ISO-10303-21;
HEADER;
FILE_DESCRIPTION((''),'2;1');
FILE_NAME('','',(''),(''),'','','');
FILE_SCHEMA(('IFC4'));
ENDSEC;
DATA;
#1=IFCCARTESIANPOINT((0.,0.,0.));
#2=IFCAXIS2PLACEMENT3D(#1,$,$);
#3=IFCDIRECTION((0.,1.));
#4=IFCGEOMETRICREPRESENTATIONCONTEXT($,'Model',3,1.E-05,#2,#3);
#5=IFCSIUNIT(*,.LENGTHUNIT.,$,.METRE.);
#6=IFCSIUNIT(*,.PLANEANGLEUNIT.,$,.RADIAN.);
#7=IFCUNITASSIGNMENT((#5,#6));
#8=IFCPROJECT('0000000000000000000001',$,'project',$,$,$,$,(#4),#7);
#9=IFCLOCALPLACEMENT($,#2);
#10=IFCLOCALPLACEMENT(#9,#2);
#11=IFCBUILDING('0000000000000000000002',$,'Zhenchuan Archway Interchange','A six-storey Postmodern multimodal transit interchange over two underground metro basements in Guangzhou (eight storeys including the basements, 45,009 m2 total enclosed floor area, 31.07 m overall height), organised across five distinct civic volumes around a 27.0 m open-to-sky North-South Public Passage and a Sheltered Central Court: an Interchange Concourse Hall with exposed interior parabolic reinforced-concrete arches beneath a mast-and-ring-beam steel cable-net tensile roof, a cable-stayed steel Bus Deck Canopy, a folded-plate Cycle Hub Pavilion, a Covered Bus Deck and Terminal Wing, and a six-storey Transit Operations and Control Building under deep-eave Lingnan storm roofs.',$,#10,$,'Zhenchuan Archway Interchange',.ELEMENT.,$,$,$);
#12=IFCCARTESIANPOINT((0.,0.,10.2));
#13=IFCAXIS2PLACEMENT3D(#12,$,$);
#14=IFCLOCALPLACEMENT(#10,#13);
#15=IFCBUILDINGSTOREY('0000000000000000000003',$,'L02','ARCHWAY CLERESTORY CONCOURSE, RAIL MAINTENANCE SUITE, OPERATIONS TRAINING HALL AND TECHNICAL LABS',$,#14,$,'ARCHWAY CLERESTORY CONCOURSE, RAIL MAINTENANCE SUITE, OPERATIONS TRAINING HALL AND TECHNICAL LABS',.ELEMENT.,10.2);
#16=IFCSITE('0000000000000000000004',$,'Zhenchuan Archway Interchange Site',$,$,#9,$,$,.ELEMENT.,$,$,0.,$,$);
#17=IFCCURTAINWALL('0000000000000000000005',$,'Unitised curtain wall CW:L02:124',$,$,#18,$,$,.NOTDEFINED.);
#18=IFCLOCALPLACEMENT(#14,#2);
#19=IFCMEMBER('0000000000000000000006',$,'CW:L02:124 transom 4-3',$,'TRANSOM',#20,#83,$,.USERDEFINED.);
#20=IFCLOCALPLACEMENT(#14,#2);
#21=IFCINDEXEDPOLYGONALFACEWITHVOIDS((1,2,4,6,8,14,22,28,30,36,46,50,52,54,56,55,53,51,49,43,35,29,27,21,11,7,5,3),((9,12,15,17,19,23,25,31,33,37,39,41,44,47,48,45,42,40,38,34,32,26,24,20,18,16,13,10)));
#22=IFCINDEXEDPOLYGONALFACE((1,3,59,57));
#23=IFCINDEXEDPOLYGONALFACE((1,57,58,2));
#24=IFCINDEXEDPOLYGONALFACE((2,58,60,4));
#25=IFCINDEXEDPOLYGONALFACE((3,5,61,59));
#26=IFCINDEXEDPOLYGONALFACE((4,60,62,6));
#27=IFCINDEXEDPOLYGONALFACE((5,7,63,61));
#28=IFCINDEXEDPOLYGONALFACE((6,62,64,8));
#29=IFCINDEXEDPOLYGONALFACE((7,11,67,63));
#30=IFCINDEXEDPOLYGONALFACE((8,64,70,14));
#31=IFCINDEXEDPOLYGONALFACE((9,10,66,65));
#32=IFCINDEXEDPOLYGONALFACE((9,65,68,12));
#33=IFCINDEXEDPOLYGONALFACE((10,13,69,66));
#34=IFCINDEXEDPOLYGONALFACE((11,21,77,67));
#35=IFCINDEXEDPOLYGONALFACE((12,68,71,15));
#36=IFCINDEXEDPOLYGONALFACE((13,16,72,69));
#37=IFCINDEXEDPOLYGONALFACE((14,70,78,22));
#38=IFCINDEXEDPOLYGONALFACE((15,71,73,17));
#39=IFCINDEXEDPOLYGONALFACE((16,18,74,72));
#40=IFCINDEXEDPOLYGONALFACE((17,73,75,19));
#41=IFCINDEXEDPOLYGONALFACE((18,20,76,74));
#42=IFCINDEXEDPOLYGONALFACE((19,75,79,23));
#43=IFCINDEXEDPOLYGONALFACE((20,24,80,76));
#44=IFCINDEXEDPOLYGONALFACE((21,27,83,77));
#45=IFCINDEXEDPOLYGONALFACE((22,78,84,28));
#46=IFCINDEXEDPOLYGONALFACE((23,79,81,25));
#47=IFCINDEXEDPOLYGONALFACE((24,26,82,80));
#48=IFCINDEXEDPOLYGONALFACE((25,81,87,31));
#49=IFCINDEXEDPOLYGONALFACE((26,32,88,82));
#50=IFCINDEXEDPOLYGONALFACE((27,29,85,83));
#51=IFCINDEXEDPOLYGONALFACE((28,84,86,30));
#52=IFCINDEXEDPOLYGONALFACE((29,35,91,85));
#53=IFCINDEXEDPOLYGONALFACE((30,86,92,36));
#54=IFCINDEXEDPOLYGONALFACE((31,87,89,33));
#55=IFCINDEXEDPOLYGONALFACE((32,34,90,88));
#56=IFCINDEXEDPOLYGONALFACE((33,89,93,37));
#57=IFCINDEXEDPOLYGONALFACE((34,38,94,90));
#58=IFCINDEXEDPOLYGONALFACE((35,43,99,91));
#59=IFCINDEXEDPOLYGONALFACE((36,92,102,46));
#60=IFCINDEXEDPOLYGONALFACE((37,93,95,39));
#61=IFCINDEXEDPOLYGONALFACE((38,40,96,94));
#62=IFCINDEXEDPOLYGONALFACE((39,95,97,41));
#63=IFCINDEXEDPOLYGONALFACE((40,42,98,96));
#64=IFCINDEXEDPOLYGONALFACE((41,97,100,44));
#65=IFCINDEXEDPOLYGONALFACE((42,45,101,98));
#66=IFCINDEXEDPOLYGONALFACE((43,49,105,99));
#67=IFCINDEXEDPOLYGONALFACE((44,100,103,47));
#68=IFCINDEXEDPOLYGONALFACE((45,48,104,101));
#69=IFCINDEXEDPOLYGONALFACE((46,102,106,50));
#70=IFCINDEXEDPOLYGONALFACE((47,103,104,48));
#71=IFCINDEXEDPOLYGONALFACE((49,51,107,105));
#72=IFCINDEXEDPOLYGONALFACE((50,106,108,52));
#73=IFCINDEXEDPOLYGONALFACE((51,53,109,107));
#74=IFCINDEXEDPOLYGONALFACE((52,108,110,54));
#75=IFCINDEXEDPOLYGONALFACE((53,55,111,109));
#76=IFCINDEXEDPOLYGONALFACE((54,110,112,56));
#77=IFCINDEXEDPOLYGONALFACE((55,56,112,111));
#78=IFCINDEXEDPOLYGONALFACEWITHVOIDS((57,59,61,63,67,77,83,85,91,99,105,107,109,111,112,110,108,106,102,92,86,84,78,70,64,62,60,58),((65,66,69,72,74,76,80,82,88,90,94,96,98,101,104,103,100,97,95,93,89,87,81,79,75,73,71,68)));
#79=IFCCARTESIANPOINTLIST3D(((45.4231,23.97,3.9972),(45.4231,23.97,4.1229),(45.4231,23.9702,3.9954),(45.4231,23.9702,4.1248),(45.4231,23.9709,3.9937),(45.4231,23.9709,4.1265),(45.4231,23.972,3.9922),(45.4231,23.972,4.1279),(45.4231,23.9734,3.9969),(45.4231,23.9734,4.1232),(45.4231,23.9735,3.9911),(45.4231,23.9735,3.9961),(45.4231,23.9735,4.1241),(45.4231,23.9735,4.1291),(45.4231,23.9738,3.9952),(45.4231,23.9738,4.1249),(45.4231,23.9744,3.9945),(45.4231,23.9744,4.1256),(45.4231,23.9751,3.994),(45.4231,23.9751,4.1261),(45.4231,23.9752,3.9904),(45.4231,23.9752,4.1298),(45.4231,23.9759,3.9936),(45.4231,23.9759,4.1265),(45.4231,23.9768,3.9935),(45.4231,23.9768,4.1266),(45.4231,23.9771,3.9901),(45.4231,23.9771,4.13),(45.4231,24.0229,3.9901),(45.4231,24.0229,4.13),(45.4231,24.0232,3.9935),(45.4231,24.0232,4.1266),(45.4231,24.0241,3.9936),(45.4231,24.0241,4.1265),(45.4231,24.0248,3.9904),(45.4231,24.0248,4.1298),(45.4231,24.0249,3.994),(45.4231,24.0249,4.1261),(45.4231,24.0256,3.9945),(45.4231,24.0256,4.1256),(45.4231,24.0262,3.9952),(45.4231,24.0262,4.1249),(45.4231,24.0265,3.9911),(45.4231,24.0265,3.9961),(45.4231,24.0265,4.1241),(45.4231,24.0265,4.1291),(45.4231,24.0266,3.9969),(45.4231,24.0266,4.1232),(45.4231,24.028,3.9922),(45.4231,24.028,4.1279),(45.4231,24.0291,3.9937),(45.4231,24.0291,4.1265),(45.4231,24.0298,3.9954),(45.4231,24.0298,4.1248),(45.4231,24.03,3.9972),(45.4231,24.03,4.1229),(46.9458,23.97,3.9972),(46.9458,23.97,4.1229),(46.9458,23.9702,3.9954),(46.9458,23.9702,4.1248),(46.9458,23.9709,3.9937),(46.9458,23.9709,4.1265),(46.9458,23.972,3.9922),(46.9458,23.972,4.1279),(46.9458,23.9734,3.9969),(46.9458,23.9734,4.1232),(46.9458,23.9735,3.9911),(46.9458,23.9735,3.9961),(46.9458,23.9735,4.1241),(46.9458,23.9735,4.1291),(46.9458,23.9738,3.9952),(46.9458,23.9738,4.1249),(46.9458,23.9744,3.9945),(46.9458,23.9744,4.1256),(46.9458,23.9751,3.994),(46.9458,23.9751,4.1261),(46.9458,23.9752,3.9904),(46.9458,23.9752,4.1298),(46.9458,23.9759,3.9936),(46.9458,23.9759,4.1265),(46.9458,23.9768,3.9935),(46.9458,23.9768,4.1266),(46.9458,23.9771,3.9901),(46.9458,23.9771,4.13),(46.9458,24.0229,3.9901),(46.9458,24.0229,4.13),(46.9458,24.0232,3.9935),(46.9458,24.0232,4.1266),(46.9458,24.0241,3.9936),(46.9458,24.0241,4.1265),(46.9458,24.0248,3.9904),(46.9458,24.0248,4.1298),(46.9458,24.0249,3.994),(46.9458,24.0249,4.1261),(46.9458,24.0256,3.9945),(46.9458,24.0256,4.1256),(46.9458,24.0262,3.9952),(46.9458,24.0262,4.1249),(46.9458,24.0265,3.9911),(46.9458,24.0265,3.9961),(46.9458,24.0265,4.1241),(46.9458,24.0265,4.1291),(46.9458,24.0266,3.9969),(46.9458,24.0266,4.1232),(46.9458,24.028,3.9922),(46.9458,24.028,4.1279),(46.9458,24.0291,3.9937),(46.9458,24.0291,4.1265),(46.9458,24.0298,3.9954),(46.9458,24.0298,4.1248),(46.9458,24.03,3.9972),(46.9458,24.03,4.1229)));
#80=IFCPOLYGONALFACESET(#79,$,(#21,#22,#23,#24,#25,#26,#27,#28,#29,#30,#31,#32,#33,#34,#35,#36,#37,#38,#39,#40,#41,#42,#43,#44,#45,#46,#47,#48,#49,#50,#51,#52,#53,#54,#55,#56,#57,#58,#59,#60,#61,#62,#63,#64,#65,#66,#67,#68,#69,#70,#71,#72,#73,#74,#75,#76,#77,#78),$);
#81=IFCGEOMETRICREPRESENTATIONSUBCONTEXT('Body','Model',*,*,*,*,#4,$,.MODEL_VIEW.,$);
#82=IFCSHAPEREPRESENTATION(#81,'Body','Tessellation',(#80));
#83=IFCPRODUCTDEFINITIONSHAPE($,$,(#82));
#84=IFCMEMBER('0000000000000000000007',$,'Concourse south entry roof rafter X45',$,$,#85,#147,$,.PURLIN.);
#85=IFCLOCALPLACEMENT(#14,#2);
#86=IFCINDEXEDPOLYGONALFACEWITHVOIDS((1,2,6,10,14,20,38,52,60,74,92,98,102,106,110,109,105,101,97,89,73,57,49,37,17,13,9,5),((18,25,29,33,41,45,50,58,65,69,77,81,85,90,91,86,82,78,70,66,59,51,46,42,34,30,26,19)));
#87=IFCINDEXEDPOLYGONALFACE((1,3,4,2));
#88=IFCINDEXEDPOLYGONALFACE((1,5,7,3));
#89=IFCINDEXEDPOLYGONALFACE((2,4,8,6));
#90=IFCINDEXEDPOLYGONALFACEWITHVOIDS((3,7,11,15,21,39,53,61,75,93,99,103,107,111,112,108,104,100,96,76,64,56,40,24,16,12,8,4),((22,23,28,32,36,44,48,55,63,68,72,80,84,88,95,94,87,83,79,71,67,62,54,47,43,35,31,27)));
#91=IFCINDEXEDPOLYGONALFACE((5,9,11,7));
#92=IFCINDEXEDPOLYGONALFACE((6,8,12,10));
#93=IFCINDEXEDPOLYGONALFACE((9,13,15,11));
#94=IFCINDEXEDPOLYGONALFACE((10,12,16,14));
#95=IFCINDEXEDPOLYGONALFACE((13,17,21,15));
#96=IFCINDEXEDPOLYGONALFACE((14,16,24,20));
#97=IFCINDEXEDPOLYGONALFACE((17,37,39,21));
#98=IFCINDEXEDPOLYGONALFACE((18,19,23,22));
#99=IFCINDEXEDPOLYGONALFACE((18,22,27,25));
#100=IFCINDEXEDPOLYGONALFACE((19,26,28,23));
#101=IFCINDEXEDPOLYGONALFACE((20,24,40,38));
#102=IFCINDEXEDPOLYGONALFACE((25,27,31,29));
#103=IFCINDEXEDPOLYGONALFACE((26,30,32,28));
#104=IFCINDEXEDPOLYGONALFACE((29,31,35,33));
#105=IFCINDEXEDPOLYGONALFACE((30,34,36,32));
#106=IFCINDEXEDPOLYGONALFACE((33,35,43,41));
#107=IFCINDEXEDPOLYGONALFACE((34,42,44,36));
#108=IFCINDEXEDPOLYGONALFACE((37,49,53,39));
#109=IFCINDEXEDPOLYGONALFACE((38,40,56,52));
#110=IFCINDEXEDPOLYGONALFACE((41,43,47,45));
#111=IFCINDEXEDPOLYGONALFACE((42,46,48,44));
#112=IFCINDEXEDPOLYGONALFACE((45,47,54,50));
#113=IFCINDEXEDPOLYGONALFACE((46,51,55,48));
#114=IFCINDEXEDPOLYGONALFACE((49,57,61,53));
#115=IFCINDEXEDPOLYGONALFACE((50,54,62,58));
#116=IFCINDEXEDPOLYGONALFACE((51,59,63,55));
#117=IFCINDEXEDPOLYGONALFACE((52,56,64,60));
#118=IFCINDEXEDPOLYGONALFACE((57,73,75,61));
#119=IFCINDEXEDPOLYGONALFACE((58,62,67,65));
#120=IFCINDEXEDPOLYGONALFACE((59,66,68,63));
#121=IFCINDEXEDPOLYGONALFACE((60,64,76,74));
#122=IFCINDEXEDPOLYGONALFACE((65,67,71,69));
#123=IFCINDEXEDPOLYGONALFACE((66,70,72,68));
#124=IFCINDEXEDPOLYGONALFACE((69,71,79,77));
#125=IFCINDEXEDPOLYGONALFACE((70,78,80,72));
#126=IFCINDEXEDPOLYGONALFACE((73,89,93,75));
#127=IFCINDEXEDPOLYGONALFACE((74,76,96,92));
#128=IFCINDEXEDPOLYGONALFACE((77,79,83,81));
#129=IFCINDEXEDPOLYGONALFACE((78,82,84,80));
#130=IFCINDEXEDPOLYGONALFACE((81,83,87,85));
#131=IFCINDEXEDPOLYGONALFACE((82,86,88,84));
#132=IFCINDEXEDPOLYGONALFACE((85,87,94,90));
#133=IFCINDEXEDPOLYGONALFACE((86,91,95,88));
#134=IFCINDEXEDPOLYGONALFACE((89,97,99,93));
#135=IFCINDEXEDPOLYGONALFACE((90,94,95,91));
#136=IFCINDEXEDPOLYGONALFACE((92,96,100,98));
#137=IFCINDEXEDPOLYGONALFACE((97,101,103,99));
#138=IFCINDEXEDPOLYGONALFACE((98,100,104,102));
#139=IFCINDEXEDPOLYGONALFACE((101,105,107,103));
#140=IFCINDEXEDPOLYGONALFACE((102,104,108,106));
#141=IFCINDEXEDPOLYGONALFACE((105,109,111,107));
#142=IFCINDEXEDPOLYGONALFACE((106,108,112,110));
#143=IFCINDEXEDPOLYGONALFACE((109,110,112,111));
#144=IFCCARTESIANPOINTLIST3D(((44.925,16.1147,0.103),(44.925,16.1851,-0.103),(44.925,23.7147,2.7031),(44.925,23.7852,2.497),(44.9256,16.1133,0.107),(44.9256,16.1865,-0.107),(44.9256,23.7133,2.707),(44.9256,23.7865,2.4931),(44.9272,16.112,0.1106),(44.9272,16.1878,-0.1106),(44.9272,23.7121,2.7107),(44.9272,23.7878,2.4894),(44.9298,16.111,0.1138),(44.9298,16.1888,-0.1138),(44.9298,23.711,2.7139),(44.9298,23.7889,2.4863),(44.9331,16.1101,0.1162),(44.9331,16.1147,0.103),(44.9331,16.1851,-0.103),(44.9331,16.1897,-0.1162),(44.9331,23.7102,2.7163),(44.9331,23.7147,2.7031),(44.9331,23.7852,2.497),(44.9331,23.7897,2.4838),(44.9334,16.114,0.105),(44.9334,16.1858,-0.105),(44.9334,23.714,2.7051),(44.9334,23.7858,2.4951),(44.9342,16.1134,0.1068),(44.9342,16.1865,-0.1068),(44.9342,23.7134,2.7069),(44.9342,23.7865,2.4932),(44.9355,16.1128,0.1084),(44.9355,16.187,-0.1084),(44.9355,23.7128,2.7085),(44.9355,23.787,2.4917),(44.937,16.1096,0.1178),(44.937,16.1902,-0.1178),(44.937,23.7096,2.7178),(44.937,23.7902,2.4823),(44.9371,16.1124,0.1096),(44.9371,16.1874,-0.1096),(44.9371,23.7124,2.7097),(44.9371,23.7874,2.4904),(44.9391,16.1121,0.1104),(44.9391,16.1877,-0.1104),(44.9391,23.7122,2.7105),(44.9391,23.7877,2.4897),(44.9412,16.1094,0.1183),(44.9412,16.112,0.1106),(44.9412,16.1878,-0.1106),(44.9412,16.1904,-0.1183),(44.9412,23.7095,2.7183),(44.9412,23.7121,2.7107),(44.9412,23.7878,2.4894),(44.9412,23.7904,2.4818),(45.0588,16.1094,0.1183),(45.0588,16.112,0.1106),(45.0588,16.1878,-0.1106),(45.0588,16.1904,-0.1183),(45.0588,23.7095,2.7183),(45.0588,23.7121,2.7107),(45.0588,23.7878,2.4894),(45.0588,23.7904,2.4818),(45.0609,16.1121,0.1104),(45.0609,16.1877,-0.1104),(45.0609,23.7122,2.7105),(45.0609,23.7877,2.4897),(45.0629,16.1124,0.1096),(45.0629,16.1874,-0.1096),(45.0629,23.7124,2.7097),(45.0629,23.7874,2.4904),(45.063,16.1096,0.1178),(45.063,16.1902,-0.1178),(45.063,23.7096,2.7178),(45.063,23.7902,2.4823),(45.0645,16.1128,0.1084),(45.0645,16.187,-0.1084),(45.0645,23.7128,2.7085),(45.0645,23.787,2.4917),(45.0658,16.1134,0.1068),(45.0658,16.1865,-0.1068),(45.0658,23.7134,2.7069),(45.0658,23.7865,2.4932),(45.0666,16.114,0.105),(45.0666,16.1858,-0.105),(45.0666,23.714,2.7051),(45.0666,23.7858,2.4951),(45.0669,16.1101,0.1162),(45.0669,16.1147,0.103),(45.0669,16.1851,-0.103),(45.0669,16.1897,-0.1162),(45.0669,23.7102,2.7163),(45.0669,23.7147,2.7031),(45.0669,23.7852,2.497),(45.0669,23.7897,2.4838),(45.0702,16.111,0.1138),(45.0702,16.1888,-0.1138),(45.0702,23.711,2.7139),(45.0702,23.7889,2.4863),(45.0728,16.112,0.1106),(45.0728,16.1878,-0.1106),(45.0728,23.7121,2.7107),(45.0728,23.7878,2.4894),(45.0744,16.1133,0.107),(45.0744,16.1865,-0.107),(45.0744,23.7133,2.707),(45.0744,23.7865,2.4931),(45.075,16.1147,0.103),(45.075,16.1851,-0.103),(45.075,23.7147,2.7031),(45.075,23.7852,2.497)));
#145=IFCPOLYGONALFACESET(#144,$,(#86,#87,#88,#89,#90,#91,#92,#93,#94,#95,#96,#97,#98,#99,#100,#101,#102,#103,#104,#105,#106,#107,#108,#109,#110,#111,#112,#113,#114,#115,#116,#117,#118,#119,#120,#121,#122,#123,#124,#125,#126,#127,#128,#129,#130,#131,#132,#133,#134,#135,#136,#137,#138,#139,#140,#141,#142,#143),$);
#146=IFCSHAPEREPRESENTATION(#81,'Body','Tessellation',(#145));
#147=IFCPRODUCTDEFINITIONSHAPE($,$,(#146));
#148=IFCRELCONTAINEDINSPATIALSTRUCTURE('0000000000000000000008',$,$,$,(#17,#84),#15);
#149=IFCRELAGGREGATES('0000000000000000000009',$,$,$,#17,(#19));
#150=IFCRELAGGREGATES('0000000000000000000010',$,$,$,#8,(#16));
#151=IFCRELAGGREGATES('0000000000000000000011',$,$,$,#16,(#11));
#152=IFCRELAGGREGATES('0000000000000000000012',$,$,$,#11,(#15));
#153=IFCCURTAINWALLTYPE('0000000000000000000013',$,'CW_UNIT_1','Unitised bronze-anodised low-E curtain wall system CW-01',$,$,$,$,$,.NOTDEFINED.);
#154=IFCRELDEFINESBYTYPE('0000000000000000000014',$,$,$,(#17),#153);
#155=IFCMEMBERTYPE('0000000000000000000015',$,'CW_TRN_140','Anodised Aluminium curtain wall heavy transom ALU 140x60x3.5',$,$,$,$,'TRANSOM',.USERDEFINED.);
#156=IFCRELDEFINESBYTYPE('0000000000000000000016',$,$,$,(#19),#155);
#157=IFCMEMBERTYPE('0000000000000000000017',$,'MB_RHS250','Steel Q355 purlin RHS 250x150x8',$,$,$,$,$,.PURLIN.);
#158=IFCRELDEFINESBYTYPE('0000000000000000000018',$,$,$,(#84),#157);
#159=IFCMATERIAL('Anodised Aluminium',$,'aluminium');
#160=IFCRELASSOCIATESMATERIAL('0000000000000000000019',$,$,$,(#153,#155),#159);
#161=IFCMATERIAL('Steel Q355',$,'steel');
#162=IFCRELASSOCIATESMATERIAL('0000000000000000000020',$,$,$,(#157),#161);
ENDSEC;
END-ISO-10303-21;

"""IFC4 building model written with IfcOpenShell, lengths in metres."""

from ifc_helpers import new_model, si_unit, direction, frame, origin, origin_2d, place, context, subcontext, project, spatial, hollow_rectangle, extrude, material, material_profile, profile_set, type_object, element, aggregate, save


model = new_model("IFC4")

# Units and contexts
model_context = context("Model", 3, precision=1e-05, world=origin(), true_north=direction((0.0, 1.0)))
body_context = subcontext(model_context, "Body", "Model", "MODEL_VIEW")
ifc_project = project(units=[si_unit("LENGTHUNIT", "METRE"), si_unit("PLANEANGLEUNIT", "RADIAN")], contexts=[model_context])

# Site, building, storey
site_placement = place(None, origin())
site = spatial("IfcSite", under=ifc_project, at=site_placement, Name="Zhenchuan Archway Interchange Site", CompositionType="ELEMENT", RefElevation=0.0)
building_placement = place(site_placement, origin())
building = spatial("IfcBuilding", under=site, at=building_placement, Name="Zhenchuan Archway Interchange", Description="A six-storey Postmodern multimodal transit interchange over two underground metro basements in Guangzhou (eight storeys including the basements, 45,009 m2 total enclosed floor area, 31.07 m overall height), organised across five distinct civic volumes around a 27.0 m open-to-sky North-South Public Passage and a Sheltered Central Court: an Interchange Concourse Hall with exposed interior parabolic reinforced-concrete arches beneath a mast-and-ring-beam steel cable-net tensile roof, a cable-stayed steel Bus Deck Canopy, a folded-plate Cycle Hub Pavilion, a Covered Bus Deck and Terminal Wing, and a six-storey Transit Operations and Control Building under deep-eave Lingnan storm roofs.", LongName="Zhenchuan Archway Interchange", CompositionType="ELEMENT")
storey_placement = place(building_placement, frame((0.0, 0.0, 10.2)))
storey = spatial("IfcBuildingStorey", under=building, at=storey_placement, Name="L02", Description="ARCHWAY CLERESTORY CONCOURSE, RAIL MAINTENANCE SUITE, OPERATIONS TRAINING HALL AND TECHNICAL LABS", LongName="ARCHWAY CLERESTORY CONCOURSE, RAIL MAINTENANCE SUITE, OPERATIONS TRAINING HALL AND TECHNICAL LABS", CompositionType="ELEMENT", Elevation=10.2)

# Curtain wall, member
ifc_material_1 = material(Name="Anodised Aluminium", Category="aluminium")
curtain_wall_type = type_object("IfcCurtainWallType", Name="CW_UNIT_1", Description="Unitised bronze-anodised low-E curtain wall system CW-01", PredefinedType="NOTDEFINED", material=ifc_material_1)
curtain_wall_placement = place(storey_placement, origin())
curtain_wall = element("IfcCurtainWall", 1, at=curtain_wall_placement, inside=storey, type_object=curtain_wall_type, Name="Unitised curtain wall CW:L02:124", PredefinedType="NOTDEFINED")
ifc_material_profile_1 = material_profile(ifc_material_1, hollow_rectangle(XDim=0.0601, YDim=0.1399, WallThickness=0.0034, InnerFilletRadius=0.0034, OuterFilletRadius=0.0071, at=origin_2d()), Name="ALU 140x60x3.5")
ifc_profile_set_1 = profile_set([ifc_material_profile_1], Name="Anodised Aluminium")
member_type_1 = type_object("IfcMemberType", Name="CW_TRN_140", Description="Anodised Aluminium curtain wall heavy transom ALU 140x60x3.5", ElementType="TRANSOM", PredefinedType="USERDEFINED", material=ifc_profile_set_1)
member_1_placement = place(storey_placement, frame((46.9458, 24.0, 4.0601), z_axis=(-1.0, 0.0, 0.0), x_axis=(0.0, -1.0, 0.0)))
member_1 = element("IfcMember", 2, at=member_1_placement, type_object=member_type_1, Name="CW:L02:124 transom 4-3", ObjectType="TRANSOM", PredefinedType="USERDEFINED", context=body_context, shape_type="SweptSolid", body=[
    extrude(hollow_rectangle(XDim=0.0601, YDim=0.1399, WallThickness=0.0034, InnerFilletRadius=0.0034, OuterFilletRadius=0.0071, at=origin_2d()), origin(), (0.0, 0.0, 1.0), 1.5227),
])

# Member
ifc_material_2 = material(Name="Steel Q355", Category="steel")
ifc_material_profile_2 = material_profile(ifc_material_2, hollow_rectangle(XDim=0.1499, YDim=0.25, WallThickness=0.0081, InnerFilletRadius=0.0081, OuterFilletRadius=0.0161, at=origin_2d()), Name="RHS 250x150x8")
ifc_profile_set_2 = profile_set([ifc_material_profile_2], Name="Steel Q355")
member_type_2 = type_object("IfcMemberType", Name="MB_RHS250", Description="Steel Q355 purlin RHS 250x150x8", PredefinedType="PURLIN", material=ifc_profile_set_2)
for number, where, z_axis, x_axis, name in (
    (3, (45.0, 16.1499, 0.0), (0.0, 0.946162, 0.323695), (-1.0, 0.0, 0.0), "Concourse south entry roof rafter X45"),
):
    element("IfcMember", number, at=place(storey_placement, frame(where, z_axis=z_axis, x_axis=x_axis)), inside=storey, type_object=member_type_2, Name=name, PredefinedType="PURLIN", context=body_context, shape_type="SweptSolid", body=[
        extrude(hollow_rectangle(XDim=0.1499, YDim=0.25, WallThickness=0.0081, InnerFilletRadius=0.0081, OuterFilletRadius=0.0161, at=origin_2d()), origin(), (0.0, 0.0, 1.0), 8.0325),
    ])

aggregate(curtain_wall, [member_1])

save(model, "model.ifc")
